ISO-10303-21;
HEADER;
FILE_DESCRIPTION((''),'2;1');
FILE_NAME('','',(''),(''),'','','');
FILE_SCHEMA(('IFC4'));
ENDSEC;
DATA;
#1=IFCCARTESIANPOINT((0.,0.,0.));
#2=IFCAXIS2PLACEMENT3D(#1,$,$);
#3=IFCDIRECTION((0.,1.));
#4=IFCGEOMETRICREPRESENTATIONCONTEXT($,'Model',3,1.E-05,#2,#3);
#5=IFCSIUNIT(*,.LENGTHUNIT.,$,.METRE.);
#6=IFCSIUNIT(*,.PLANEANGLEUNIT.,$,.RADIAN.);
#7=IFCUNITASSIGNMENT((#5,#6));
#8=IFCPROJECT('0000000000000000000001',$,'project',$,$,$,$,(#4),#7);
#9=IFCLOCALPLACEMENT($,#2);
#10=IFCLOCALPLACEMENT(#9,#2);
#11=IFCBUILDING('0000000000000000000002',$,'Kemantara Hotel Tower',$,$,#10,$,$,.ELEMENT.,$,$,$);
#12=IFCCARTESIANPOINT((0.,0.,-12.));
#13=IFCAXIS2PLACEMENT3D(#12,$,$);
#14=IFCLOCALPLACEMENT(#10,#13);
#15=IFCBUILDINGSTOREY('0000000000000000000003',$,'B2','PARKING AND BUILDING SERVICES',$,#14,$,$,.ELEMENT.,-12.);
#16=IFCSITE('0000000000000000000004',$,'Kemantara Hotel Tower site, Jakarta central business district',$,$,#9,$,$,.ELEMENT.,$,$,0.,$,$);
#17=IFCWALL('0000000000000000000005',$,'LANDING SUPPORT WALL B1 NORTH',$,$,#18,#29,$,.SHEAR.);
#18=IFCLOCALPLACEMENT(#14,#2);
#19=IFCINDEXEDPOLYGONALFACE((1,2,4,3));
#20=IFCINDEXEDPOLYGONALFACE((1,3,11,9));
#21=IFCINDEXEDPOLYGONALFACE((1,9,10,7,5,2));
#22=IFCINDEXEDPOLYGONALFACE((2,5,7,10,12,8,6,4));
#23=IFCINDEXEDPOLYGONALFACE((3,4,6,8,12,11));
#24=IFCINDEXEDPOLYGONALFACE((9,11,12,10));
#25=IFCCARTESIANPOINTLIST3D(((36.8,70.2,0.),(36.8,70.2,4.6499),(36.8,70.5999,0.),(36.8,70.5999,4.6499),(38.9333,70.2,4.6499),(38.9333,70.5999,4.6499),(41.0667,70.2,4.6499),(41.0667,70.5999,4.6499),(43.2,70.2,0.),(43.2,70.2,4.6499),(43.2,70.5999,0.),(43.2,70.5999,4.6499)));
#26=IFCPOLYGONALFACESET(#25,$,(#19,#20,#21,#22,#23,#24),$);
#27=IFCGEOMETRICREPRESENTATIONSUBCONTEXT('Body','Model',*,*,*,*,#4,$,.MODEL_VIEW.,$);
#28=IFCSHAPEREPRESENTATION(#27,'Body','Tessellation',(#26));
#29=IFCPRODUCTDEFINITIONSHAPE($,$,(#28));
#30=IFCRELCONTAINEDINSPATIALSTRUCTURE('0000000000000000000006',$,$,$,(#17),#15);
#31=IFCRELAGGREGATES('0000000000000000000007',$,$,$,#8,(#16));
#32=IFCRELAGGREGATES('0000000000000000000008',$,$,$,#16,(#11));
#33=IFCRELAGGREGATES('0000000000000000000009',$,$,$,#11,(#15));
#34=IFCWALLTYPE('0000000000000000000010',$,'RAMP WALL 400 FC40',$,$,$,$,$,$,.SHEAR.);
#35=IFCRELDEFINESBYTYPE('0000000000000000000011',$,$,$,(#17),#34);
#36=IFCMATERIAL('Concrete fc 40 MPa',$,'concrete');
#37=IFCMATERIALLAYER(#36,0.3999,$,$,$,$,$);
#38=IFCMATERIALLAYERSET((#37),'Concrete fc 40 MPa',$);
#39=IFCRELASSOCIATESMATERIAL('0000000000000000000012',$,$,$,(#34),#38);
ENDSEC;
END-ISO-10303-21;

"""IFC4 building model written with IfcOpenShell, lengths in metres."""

from ifc_helpers import new_model, si_unit, direction, frame, origin, place, context, subcontext, project, spatial, polyline, outline, extrude, material, layer, layer_set, type_object, element, save


model = new_model("IFC4")

# Units and contexts
model_context = context("Model", 3, precision=1e-05, world=origin(), true_north=direction((0.0, 1.0)))
body_context = subcontext(model_context, "Body", "Model", "MODEL_VIEW")
ifc_project = project(units=[si_unit("LENGTHUNIT", "METRE"), si_unit("PLANEANGLEUNIT", "RADIAN")], contexts=[model_context])

# Site, building, storey
site_placement = place(None, origin())
site = spatial("IfcSite", under=ifc_project, at=site_placement, Name="Kemantara Hotel Tower site, Jakarta central business district", CompositionType="ELEMENT", RefElevation=0.0)
building_placement = place(site_placement, origin())
building = spatial("IfcBuilding", under=site, at=building_placement, Name="Kemantara Hotel Tower", CompositionType="ELEMENT")
storey_placement = place(building_placement, frame((0.0, 0.0, -12.0)))
storey = spatial("IfcBuildingStorey", under=building, at=storey_placement, Name="B2", Description="PARKING AND BUILDING SERVICES", CompositionType="ELEMENT", Elevation=-12.0)

# Shared definitions
ifc_material_1 = material(Name="Concrete fc 40 MPa", Category="concrete")

# Wall
ifc_layer_1 = layer(ifc_material_1, 0.3999)
ifc_layer_set_1 = layer_set([ifc_layer_1], Name="Concrete fc 40 MPa")
wall_type_1 = type_object("IfcWallType", Name="RAMP WALL 400 FC40", PredefinedType="SHEAR", material=ifc_layer_set_1)
for number, where, z_axis, x_axis, name in (
    (1, (36.8, 70.3999, 0.0), (0.0, 0.0, 1.0), (1.0, 0.0, 0.0), "LANDING SUPPORT WALL B1 NORTH"),
):
    element("IfcWall", number, at=place(storey_placement, frame(where, z_axis=z_axis, x_axis=x_axis)), inside=storey, type_object=wall_type_1, Name=name, PredefinedType="SHEAR", context=body_context, shape_type="SweptSolid", body=[
        extrude(outline(polyline([(0.0, 0.0), (6.3999, 0.0), (6.3999, 4.6499), (4.2666, 4.6499), (2.1333, 4.6499), (0.0, 4.6499), (0.0, 0.0)])), frame((0.0, 0.2, 0.0), z_axis=(0.0, -1.0, 0.0), x_axis=(1.0, 0.0, 0.0)), (0.0, 0.0, 1.0), 0.3999),
    ])

save(model, "model.ifc")
